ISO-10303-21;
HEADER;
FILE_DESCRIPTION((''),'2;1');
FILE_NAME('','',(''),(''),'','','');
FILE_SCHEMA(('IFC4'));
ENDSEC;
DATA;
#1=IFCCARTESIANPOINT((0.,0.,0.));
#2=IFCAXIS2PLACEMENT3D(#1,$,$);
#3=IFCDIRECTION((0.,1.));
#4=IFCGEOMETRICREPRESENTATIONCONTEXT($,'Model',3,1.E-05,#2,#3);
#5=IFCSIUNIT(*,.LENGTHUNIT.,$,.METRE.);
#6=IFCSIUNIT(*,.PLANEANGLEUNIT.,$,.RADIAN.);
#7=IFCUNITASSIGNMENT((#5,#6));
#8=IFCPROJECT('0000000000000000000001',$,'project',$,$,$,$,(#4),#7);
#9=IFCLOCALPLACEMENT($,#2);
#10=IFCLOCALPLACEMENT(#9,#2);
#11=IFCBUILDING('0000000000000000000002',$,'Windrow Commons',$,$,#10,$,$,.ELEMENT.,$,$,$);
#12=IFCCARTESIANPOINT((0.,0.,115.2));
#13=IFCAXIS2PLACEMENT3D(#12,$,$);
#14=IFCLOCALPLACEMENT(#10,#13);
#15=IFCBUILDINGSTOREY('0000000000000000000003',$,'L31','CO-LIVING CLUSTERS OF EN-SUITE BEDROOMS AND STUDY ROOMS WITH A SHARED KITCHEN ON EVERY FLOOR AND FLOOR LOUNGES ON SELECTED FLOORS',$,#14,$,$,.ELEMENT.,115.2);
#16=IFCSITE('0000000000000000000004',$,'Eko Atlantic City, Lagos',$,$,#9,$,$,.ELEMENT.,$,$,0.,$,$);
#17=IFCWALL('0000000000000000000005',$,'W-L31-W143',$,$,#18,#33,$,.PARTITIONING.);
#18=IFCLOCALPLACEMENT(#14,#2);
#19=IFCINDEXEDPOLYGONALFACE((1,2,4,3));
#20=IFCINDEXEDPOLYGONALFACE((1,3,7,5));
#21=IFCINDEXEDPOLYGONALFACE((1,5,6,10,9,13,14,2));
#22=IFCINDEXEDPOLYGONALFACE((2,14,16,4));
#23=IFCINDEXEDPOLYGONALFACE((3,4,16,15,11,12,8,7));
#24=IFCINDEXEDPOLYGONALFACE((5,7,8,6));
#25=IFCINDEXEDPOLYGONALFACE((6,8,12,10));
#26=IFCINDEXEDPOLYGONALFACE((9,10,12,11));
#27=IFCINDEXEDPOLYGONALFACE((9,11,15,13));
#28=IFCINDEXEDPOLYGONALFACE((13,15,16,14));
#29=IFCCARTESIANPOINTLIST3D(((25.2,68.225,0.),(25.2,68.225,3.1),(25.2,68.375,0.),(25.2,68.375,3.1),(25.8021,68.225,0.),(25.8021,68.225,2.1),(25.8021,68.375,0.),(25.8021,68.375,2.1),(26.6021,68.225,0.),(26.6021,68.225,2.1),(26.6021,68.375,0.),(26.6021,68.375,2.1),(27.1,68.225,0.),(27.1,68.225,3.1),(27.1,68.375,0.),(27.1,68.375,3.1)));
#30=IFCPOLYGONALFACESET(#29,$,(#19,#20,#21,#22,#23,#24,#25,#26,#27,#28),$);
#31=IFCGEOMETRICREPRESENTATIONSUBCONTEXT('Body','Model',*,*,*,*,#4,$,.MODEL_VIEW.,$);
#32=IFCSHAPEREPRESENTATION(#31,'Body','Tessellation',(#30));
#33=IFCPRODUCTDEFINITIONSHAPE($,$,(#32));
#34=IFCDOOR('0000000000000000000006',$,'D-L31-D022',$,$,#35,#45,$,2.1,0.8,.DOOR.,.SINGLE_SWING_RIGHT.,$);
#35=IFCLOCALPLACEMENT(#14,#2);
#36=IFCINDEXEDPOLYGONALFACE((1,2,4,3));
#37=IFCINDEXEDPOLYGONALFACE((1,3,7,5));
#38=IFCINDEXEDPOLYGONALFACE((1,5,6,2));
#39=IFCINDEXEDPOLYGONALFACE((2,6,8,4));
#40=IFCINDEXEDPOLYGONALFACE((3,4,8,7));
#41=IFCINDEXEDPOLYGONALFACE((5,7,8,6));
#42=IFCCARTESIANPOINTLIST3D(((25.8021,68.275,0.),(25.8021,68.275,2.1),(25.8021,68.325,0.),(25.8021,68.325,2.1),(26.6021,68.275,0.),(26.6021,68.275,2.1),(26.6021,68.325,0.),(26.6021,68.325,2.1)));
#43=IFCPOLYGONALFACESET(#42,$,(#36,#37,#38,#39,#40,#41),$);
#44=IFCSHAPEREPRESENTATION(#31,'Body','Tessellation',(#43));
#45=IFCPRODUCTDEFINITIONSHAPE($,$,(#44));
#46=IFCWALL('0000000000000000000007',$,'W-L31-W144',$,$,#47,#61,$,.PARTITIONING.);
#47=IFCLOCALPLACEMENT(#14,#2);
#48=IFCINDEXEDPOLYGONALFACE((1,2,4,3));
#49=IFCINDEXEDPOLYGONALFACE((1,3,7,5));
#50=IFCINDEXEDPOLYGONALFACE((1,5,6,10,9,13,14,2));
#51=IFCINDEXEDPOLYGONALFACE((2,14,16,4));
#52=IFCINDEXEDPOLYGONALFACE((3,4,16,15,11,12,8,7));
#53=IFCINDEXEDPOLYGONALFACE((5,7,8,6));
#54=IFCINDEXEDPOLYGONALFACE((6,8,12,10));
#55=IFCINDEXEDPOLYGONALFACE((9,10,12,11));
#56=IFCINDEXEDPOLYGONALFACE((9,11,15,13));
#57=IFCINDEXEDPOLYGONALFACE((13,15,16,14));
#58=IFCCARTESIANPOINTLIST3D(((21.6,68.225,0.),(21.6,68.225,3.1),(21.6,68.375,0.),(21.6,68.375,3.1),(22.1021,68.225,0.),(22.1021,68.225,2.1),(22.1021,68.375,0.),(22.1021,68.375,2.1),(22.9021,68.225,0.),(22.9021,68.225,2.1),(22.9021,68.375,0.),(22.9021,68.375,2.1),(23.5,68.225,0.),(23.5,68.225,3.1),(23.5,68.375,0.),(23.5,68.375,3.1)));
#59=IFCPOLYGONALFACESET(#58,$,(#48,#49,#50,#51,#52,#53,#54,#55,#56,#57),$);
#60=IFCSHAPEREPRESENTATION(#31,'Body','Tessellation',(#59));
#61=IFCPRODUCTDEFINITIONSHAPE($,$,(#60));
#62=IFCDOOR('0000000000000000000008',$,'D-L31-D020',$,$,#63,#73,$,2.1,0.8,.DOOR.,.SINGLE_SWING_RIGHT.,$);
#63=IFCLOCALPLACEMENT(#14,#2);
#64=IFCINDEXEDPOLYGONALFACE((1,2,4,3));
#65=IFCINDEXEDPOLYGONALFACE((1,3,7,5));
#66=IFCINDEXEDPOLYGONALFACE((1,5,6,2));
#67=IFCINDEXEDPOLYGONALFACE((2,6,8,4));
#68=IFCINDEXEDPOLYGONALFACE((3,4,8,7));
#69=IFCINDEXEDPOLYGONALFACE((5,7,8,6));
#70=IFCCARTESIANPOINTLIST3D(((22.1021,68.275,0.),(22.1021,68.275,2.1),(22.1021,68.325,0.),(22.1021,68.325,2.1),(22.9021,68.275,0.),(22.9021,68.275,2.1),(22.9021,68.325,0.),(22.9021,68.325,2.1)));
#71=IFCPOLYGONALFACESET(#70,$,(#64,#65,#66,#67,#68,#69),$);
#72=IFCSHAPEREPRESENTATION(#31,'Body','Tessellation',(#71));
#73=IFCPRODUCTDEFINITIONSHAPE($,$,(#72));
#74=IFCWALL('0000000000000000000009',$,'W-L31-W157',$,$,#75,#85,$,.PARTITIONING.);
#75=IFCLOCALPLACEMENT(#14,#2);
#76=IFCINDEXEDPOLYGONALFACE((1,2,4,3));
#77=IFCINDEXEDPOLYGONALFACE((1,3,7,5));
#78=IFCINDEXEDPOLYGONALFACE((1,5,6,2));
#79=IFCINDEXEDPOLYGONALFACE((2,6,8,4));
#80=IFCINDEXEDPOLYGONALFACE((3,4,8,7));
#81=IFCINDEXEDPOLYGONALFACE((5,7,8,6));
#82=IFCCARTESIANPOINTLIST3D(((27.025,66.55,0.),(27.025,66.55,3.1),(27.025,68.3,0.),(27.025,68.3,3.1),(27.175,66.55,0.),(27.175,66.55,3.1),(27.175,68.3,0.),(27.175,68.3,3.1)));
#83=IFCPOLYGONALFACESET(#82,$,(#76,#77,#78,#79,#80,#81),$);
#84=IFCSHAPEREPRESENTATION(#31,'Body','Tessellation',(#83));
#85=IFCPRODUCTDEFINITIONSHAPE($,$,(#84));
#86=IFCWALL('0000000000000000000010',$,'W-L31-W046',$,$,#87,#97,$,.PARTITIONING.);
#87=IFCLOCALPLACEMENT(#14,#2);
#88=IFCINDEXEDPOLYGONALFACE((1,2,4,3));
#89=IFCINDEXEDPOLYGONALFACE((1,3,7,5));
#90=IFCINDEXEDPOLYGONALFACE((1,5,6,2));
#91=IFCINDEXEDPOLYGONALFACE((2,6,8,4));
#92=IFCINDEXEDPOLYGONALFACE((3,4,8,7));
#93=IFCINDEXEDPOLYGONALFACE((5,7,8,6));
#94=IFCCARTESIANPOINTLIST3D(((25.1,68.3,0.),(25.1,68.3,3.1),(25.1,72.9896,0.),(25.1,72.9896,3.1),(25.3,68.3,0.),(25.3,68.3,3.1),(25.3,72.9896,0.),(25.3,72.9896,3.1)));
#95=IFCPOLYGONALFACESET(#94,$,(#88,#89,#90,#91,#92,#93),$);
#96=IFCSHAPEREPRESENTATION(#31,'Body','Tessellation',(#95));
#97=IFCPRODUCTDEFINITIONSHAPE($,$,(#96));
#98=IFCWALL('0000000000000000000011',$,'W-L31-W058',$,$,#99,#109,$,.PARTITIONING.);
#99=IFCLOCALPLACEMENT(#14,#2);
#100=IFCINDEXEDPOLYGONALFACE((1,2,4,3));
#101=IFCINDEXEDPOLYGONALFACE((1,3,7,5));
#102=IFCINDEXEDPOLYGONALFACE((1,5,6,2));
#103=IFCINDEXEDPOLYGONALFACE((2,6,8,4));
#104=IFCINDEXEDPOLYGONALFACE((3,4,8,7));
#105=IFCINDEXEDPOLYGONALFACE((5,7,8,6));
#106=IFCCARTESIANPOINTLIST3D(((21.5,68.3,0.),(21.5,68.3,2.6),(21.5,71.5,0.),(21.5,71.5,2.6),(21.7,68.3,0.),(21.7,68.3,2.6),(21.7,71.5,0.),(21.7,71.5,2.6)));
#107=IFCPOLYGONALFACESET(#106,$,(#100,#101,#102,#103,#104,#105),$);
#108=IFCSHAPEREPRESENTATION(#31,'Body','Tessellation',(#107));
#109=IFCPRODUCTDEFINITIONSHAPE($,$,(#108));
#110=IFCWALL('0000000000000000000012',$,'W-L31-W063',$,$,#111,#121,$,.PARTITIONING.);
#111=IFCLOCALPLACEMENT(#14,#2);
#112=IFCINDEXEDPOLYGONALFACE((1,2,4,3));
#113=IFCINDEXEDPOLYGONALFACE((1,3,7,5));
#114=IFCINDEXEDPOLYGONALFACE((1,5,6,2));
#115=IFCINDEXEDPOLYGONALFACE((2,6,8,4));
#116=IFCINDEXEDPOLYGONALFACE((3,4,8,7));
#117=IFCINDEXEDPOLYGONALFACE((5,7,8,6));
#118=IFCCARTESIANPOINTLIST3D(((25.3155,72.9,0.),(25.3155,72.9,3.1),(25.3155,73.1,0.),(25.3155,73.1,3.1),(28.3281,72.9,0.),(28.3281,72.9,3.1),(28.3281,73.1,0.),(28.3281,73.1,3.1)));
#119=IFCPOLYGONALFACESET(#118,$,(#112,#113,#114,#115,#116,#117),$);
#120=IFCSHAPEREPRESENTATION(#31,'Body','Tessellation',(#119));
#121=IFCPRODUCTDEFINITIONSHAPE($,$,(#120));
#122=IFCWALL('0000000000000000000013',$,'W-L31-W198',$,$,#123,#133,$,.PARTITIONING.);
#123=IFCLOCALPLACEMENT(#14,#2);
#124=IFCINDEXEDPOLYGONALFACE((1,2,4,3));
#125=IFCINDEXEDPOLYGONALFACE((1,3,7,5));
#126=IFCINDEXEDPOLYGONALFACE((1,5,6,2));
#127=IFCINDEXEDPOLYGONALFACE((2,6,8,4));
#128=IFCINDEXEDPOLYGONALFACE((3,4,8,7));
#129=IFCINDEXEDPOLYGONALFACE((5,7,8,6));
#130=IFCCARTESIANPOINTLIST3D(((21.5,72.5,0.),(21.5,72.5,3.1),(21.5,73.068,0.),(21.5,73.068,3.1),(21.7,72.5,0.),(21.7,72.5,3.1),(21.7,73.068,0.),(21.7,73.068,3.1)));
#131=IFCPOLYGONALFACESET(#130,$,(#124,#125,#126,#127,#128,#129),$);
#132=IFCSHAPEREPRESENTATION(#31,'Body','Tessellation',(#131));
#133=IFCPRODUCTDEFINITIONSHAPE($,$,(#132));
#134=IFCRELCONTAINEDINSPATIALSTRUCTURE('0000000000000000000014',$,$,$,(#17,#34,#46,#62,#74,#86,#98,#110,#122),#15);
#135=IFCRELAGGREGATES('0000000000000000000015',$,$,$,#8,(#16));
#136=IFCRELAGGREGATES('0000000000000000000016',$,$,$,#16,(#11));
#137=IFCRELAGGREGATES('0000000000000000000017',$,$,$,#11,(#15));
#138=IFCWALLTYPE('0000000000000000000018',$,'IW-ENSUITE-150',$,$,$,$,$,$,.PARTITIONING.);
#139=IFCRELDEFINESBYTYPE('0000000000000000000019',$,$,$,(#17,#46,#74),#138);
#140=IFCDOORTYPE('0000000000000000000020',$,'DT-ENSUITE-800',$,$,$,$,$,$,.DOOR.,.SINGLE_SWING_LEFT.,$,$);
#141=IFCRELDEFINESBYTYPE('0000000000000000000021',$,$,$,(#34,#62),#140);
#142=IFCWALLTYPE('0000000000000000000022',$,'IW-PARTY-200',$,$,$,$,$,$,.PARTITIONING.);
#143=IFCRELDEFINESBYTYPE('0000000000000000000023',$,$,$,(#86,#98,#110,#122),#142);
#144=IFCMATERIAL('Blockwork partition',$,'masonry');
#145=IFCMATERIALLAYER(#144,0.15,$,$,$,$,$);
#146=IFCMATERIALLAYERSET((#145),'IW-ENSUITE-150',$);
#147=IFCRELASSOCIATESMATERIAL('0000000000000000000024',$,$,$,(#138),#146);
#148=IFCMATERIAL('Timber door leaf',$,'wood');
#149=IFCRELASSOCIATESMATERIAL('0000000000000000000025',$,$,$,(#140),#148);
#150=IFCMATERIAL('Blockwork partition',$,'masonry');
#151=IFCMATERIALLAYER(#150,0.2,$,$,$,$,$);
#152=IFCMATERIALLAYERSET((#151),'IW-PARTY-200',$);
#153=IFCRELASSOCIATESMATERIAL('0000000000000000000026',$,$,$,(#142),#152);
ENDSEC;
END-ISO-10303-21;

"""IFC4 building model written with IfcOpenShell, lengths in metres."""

from ifc_helpers import new_model, si_unit, direction, frame, frame_2d, origin, place, context, subcontext, project, spatial, rectangle, extrude, material, layer, layer_set, type_object, element, fill, save


model = new_model("IFC4")

# Units and contexts
model_context = context("Model", 3, precision=1e-05, world=origin(), true_north=direction((0.0, 1.0)))
body_context = subcontext(model_context, "Body", "Model", "MODEL_VIEW")
ifc_project = project(units=[si_unit("LENGTHUNIT", "METRE"), si_unit("PLANEANGLEUNIT", "RADIAN")], contexts=[model_context])

# Site, building, storey
site_placement = place(None, origin())
site = spatial("IfcSite", under=ifc_project, at=site_placement, Name="Eko Atlantic City, Lagos", CompositionType="ELEMENT", RefElevation=0.0)
building_placement = place(site_placement, origin())
building = spatial("IfcBuilding", under=site, at=building_placement, Name="Windrow Commons", CompositionType="ELEMENT")
storey_placement = place(building_placement, frame((0.0, 0.0, 115.2)))
storey = spatial("IfcBuildingStorey", under=building, at=storey_placement, Name="L31", Description="CO-LIVING CLUSTERS OF EN-SUITE BEDROOMS AND STUDY ROOMS WITH A SHARED KITCHEN ON EVERY FLOOR AND FLOOR LOUNGES ON SELECTED FLOORS", CompositionType="ELEMENT", Elevation=115.2)

# Walls, openings, doors
ifc_material_1 = material(Name="Blockwork partition", Category="masonry")
ifc_layer_1 = layer(ifc_material_1, 0.15)
ifc_layer_set_1 = layer_set([ifc_layer_1], Name="IW-ENSUITE-150")
wall_type_1 = type_object("IfcWallType", Name="IW-ENSUITE-150", PredefinedType="PARTITIONING", material=ifc_layer_set_1)
wall_1_placement = place(storey_placement, frame((25.2, 68.3, 0.0), z_axis=(0.0, 0.0, 1.0), x_axis=(1.0, 0.0, 0.0)))
wall_1 = element("IfcWall", 1, at=wall_1_placement, inside=storey, type_object=wall_type_1, Name="W-L31-W143", PredefinedType="PARTITIONING", context=body_context, shape_type="SweptSolid", body=[
    extrude(rectangle(XDim=1.9, YDim=0.15, at=frame_2d((0.95, 0.0))), origin(), (0.0, 0.0, 1.0), 3.1),
])
opening_1_placement = place(wall_1_placement, frame((0.6021, 0.0, 0.0)))
opening_1 = element("IfcOpeningElement", 2, at=opening_1_placement, cuts=wall_1, PredefinedType="OPENING", context=body_context, shape_type="SweptSolid", body=[
    extrude(rectangle(XDim=0.8, YDim=2.1, at=frame_2d((0.4, 1.05))), frame((0.0, 0.085, 0.0), z_axis=(0.0, -1.0, 0.0), x_axis=(1.0, 0.0, 0.0)), (0.0, 0.0, 1.0), 0.17),
])
ifc_material_2 = material(Name="Timber door leaf", Category="wood")
door_type_1 = type_object("IfcDoorType", Name="DT-ENSUITE-800", OperationType="SINGLE_SWING_LEFT", PredefinedType="DOOR", material=ifc_material_2)
door_1_placement = place(opening_1_placement, origin())
door_1 = element("IfcDoor", 3, at=door_1_placement, inside=storey, type_object=door_type_1, Name="D-L31-D022", OperationType="SINGLE_SWING_RIGHT", OverallHeight=2.1, OverallWidth=0.8, PredefinedType="DOOR", context=body_context, shape_type="SweptSolid", body=[
    extrude(rectangle(XDim=0.8, YDim=2.1, at=frame_2d((0.4, 1.05))), frame((0.0, 0.025, 0.0), z_axis=(0.0, -1.0, 0.0), x_axis=(1.0, 0.0, 0.0)), (0.0, 0.0, 1.0), 0.05),
])
fill(opening_1, door_1)
wall_2_placement = place(storey_placement, frame((21.6, 68.3, 0.0), z_axis=(0.0, 0.0, 1.0), x_axis=(1.0, 0.0, 0.0)))
wall_2 = element("IfcWall", 4, at=wall_2_placement, inside=storey, type_object=wall_type_1, Name="W-L31-W144", PredefinedType="PARTITIONING", context=body_context, shape_type="SweptSolid", body=[
    extrude(rectangle(XDim=1.9, YDim=0.15, at=frame_2d((0.95, 0.0))), origin(), (0.0, 0.0, 1.0), 3.1),
])
opening_2_placement = place(wall_2_placement, frame((0.5021, 0.0, 0.0)))
opening_2 = element("IfcOpeningElement", 5, at=opening_2_placement, cuts=wall_2, PredefinedType="OPENING", context=body_context, shape_type="SweptSolid", body=[
    extrude(rectangle(XDim=0.8, YDim=2.1, at=frame_2d((0.4, 1.05))), frame((0.0, 0.085, 0.0), z_axis=(0.0, -1.0, 0.0), x_axis=(1.0, 0.0, 0.0)), (0.0, 0.0, 1.0), 0.17),
])
door_2_placement = place(opening_2_placement, origin())
door_2 = element("IfcDoor", 6, at=door_2_placement, inside=storey, type_object=door_type_1, Name="D-L31-D020", OperationType="SINGLE_SWING_RIGHT", OverallHeight=2.1, OverallWidth=0.8, PredefinedType="DOOR", context=body_context, shape_type="SweptSolid", body=[
    extrude(rectangle(XDim=0.8, YDim=2.1, at=frame_2d((0.4, 1.05))), frame((0.0, 0.025, 0.0), z_axis=(0.0, -1.0, 0.0), x_axis=(1.0, 0.0, 0.0)), (0.0, 0.0, 1.0), 0.05),
])
fill(opening_2, door_2)

# Walls
wall_3_placement = place(storey_placement, frame((27.1, 66.55, 0.0), z_axis=(0.0, 0.0, 1.0), x_axis=(0.0, 1.0, 0.0)))
element("IfcWall", 7, at=wall_3_placement, inside=storey, type_object=wall_type_1, Name="W-L31-W157", PredefinedType="PARTITIONING", context=body_context, shape_type="SweptSolid", body=[
    extrude(rectangle(XDim=1.75, YDim=0.15, at=frame_2d((0.875, 0.0))), origin(), (0.0, 0.0, 1.0), 3.1),
])
ifc_material_3 = material(Name="Blockwork partition", Category="masonry")
ifc_layer_2 = layer(ifc_material_3, 0.2)
ifc_layer_set_2 = layer_set([ifc_layer_2], Name="IW-PARTY-200")
wall_type_2 = type_object("IfcWallType", Name="IW-PARTY-200", PredefinedType="PARTITIONING", material=ifc_layer_set_2)
wall_4_placement = place(storey_placement, frame((25.2, 68.3, 0.0), z_axis=(0.0, 0.0, 1.0), x_axis=(0.0, 1.0, 0.0)))
element("IfcWall", 8, at=wall_4_placement, inside=storey, type_object=wall_type_2, Name="W-L31-W046", PredefinedType="PARTITIONING", context=body_context, shape_type="SweptSolid", body=[
    extrude(rectangle(XDim=4.6896, YDim=0.2, at=frame_2d((2.3448, 0.0))), origin(), (0.0, 0.0, 1.0), 3.1),
])
wall_5_placement = place(storey_placement, frame((21.6, 68.3, 0.0), z_axis=(0.0, 0.0, 1.0), x_axis=(0.0, 1.0, 0.0)))
element("IfcWall", 9, at=wall_5_placement, inside=storey, type_object=wall_type_2, Name="W-L31-W058", PredefinedType="PARTITIONING", context=body_context, shape_type="SweptSolid", body=[
    extrude(rectangle(XDim=3.2, YDim=0.2, at=frame_2d((1.6, 0.0))), origin(), (0.0, 0.0, 1.0), 2.6),
])
wall_6_placement = place(storey_placement, frame((25.3155, 73.0, 0.0), z_axis=(0.0, 0.0, 1.0), x_axis=(1.0, 0.0, 0.0)))
element("IfcWall", 10, at=wall_6_placement, inside=storey, type_object=wall_type_2, Name="W-L31-W063", PredefinedType="PARTITIONING", context=body_context, shape_type="SweptSolid", body=[
    extrude(rectangle(XDim=3.0126, YDim=0.2, at=frame_2d((1.5063, 0.0))), origin(), (0.0, 0.0, 1.0), 3.1),
])
wall_7_placement = place(storey_placement, frame((21.6, 72.5, 0.0), z_axis=(0.0, 0.0, 1.0), x_axis=(0.0, 1.0, 0.0)))
element("IfcWall", 11, at=wall_7_placement, inside=storey, type_object=wall_type_2, Name="W-L31-W198", PredefinedType="PARTITIONING", context=body_context, shape_type="SweptSolid", body=[
    extrude(rectangle(XDim=0.568, YDim=0.2, at=frame_2d((0.284, 0.0))), origin(), (0.0, 0.0, 1.0), 3.1),
])

save(model, "model.ifc")
